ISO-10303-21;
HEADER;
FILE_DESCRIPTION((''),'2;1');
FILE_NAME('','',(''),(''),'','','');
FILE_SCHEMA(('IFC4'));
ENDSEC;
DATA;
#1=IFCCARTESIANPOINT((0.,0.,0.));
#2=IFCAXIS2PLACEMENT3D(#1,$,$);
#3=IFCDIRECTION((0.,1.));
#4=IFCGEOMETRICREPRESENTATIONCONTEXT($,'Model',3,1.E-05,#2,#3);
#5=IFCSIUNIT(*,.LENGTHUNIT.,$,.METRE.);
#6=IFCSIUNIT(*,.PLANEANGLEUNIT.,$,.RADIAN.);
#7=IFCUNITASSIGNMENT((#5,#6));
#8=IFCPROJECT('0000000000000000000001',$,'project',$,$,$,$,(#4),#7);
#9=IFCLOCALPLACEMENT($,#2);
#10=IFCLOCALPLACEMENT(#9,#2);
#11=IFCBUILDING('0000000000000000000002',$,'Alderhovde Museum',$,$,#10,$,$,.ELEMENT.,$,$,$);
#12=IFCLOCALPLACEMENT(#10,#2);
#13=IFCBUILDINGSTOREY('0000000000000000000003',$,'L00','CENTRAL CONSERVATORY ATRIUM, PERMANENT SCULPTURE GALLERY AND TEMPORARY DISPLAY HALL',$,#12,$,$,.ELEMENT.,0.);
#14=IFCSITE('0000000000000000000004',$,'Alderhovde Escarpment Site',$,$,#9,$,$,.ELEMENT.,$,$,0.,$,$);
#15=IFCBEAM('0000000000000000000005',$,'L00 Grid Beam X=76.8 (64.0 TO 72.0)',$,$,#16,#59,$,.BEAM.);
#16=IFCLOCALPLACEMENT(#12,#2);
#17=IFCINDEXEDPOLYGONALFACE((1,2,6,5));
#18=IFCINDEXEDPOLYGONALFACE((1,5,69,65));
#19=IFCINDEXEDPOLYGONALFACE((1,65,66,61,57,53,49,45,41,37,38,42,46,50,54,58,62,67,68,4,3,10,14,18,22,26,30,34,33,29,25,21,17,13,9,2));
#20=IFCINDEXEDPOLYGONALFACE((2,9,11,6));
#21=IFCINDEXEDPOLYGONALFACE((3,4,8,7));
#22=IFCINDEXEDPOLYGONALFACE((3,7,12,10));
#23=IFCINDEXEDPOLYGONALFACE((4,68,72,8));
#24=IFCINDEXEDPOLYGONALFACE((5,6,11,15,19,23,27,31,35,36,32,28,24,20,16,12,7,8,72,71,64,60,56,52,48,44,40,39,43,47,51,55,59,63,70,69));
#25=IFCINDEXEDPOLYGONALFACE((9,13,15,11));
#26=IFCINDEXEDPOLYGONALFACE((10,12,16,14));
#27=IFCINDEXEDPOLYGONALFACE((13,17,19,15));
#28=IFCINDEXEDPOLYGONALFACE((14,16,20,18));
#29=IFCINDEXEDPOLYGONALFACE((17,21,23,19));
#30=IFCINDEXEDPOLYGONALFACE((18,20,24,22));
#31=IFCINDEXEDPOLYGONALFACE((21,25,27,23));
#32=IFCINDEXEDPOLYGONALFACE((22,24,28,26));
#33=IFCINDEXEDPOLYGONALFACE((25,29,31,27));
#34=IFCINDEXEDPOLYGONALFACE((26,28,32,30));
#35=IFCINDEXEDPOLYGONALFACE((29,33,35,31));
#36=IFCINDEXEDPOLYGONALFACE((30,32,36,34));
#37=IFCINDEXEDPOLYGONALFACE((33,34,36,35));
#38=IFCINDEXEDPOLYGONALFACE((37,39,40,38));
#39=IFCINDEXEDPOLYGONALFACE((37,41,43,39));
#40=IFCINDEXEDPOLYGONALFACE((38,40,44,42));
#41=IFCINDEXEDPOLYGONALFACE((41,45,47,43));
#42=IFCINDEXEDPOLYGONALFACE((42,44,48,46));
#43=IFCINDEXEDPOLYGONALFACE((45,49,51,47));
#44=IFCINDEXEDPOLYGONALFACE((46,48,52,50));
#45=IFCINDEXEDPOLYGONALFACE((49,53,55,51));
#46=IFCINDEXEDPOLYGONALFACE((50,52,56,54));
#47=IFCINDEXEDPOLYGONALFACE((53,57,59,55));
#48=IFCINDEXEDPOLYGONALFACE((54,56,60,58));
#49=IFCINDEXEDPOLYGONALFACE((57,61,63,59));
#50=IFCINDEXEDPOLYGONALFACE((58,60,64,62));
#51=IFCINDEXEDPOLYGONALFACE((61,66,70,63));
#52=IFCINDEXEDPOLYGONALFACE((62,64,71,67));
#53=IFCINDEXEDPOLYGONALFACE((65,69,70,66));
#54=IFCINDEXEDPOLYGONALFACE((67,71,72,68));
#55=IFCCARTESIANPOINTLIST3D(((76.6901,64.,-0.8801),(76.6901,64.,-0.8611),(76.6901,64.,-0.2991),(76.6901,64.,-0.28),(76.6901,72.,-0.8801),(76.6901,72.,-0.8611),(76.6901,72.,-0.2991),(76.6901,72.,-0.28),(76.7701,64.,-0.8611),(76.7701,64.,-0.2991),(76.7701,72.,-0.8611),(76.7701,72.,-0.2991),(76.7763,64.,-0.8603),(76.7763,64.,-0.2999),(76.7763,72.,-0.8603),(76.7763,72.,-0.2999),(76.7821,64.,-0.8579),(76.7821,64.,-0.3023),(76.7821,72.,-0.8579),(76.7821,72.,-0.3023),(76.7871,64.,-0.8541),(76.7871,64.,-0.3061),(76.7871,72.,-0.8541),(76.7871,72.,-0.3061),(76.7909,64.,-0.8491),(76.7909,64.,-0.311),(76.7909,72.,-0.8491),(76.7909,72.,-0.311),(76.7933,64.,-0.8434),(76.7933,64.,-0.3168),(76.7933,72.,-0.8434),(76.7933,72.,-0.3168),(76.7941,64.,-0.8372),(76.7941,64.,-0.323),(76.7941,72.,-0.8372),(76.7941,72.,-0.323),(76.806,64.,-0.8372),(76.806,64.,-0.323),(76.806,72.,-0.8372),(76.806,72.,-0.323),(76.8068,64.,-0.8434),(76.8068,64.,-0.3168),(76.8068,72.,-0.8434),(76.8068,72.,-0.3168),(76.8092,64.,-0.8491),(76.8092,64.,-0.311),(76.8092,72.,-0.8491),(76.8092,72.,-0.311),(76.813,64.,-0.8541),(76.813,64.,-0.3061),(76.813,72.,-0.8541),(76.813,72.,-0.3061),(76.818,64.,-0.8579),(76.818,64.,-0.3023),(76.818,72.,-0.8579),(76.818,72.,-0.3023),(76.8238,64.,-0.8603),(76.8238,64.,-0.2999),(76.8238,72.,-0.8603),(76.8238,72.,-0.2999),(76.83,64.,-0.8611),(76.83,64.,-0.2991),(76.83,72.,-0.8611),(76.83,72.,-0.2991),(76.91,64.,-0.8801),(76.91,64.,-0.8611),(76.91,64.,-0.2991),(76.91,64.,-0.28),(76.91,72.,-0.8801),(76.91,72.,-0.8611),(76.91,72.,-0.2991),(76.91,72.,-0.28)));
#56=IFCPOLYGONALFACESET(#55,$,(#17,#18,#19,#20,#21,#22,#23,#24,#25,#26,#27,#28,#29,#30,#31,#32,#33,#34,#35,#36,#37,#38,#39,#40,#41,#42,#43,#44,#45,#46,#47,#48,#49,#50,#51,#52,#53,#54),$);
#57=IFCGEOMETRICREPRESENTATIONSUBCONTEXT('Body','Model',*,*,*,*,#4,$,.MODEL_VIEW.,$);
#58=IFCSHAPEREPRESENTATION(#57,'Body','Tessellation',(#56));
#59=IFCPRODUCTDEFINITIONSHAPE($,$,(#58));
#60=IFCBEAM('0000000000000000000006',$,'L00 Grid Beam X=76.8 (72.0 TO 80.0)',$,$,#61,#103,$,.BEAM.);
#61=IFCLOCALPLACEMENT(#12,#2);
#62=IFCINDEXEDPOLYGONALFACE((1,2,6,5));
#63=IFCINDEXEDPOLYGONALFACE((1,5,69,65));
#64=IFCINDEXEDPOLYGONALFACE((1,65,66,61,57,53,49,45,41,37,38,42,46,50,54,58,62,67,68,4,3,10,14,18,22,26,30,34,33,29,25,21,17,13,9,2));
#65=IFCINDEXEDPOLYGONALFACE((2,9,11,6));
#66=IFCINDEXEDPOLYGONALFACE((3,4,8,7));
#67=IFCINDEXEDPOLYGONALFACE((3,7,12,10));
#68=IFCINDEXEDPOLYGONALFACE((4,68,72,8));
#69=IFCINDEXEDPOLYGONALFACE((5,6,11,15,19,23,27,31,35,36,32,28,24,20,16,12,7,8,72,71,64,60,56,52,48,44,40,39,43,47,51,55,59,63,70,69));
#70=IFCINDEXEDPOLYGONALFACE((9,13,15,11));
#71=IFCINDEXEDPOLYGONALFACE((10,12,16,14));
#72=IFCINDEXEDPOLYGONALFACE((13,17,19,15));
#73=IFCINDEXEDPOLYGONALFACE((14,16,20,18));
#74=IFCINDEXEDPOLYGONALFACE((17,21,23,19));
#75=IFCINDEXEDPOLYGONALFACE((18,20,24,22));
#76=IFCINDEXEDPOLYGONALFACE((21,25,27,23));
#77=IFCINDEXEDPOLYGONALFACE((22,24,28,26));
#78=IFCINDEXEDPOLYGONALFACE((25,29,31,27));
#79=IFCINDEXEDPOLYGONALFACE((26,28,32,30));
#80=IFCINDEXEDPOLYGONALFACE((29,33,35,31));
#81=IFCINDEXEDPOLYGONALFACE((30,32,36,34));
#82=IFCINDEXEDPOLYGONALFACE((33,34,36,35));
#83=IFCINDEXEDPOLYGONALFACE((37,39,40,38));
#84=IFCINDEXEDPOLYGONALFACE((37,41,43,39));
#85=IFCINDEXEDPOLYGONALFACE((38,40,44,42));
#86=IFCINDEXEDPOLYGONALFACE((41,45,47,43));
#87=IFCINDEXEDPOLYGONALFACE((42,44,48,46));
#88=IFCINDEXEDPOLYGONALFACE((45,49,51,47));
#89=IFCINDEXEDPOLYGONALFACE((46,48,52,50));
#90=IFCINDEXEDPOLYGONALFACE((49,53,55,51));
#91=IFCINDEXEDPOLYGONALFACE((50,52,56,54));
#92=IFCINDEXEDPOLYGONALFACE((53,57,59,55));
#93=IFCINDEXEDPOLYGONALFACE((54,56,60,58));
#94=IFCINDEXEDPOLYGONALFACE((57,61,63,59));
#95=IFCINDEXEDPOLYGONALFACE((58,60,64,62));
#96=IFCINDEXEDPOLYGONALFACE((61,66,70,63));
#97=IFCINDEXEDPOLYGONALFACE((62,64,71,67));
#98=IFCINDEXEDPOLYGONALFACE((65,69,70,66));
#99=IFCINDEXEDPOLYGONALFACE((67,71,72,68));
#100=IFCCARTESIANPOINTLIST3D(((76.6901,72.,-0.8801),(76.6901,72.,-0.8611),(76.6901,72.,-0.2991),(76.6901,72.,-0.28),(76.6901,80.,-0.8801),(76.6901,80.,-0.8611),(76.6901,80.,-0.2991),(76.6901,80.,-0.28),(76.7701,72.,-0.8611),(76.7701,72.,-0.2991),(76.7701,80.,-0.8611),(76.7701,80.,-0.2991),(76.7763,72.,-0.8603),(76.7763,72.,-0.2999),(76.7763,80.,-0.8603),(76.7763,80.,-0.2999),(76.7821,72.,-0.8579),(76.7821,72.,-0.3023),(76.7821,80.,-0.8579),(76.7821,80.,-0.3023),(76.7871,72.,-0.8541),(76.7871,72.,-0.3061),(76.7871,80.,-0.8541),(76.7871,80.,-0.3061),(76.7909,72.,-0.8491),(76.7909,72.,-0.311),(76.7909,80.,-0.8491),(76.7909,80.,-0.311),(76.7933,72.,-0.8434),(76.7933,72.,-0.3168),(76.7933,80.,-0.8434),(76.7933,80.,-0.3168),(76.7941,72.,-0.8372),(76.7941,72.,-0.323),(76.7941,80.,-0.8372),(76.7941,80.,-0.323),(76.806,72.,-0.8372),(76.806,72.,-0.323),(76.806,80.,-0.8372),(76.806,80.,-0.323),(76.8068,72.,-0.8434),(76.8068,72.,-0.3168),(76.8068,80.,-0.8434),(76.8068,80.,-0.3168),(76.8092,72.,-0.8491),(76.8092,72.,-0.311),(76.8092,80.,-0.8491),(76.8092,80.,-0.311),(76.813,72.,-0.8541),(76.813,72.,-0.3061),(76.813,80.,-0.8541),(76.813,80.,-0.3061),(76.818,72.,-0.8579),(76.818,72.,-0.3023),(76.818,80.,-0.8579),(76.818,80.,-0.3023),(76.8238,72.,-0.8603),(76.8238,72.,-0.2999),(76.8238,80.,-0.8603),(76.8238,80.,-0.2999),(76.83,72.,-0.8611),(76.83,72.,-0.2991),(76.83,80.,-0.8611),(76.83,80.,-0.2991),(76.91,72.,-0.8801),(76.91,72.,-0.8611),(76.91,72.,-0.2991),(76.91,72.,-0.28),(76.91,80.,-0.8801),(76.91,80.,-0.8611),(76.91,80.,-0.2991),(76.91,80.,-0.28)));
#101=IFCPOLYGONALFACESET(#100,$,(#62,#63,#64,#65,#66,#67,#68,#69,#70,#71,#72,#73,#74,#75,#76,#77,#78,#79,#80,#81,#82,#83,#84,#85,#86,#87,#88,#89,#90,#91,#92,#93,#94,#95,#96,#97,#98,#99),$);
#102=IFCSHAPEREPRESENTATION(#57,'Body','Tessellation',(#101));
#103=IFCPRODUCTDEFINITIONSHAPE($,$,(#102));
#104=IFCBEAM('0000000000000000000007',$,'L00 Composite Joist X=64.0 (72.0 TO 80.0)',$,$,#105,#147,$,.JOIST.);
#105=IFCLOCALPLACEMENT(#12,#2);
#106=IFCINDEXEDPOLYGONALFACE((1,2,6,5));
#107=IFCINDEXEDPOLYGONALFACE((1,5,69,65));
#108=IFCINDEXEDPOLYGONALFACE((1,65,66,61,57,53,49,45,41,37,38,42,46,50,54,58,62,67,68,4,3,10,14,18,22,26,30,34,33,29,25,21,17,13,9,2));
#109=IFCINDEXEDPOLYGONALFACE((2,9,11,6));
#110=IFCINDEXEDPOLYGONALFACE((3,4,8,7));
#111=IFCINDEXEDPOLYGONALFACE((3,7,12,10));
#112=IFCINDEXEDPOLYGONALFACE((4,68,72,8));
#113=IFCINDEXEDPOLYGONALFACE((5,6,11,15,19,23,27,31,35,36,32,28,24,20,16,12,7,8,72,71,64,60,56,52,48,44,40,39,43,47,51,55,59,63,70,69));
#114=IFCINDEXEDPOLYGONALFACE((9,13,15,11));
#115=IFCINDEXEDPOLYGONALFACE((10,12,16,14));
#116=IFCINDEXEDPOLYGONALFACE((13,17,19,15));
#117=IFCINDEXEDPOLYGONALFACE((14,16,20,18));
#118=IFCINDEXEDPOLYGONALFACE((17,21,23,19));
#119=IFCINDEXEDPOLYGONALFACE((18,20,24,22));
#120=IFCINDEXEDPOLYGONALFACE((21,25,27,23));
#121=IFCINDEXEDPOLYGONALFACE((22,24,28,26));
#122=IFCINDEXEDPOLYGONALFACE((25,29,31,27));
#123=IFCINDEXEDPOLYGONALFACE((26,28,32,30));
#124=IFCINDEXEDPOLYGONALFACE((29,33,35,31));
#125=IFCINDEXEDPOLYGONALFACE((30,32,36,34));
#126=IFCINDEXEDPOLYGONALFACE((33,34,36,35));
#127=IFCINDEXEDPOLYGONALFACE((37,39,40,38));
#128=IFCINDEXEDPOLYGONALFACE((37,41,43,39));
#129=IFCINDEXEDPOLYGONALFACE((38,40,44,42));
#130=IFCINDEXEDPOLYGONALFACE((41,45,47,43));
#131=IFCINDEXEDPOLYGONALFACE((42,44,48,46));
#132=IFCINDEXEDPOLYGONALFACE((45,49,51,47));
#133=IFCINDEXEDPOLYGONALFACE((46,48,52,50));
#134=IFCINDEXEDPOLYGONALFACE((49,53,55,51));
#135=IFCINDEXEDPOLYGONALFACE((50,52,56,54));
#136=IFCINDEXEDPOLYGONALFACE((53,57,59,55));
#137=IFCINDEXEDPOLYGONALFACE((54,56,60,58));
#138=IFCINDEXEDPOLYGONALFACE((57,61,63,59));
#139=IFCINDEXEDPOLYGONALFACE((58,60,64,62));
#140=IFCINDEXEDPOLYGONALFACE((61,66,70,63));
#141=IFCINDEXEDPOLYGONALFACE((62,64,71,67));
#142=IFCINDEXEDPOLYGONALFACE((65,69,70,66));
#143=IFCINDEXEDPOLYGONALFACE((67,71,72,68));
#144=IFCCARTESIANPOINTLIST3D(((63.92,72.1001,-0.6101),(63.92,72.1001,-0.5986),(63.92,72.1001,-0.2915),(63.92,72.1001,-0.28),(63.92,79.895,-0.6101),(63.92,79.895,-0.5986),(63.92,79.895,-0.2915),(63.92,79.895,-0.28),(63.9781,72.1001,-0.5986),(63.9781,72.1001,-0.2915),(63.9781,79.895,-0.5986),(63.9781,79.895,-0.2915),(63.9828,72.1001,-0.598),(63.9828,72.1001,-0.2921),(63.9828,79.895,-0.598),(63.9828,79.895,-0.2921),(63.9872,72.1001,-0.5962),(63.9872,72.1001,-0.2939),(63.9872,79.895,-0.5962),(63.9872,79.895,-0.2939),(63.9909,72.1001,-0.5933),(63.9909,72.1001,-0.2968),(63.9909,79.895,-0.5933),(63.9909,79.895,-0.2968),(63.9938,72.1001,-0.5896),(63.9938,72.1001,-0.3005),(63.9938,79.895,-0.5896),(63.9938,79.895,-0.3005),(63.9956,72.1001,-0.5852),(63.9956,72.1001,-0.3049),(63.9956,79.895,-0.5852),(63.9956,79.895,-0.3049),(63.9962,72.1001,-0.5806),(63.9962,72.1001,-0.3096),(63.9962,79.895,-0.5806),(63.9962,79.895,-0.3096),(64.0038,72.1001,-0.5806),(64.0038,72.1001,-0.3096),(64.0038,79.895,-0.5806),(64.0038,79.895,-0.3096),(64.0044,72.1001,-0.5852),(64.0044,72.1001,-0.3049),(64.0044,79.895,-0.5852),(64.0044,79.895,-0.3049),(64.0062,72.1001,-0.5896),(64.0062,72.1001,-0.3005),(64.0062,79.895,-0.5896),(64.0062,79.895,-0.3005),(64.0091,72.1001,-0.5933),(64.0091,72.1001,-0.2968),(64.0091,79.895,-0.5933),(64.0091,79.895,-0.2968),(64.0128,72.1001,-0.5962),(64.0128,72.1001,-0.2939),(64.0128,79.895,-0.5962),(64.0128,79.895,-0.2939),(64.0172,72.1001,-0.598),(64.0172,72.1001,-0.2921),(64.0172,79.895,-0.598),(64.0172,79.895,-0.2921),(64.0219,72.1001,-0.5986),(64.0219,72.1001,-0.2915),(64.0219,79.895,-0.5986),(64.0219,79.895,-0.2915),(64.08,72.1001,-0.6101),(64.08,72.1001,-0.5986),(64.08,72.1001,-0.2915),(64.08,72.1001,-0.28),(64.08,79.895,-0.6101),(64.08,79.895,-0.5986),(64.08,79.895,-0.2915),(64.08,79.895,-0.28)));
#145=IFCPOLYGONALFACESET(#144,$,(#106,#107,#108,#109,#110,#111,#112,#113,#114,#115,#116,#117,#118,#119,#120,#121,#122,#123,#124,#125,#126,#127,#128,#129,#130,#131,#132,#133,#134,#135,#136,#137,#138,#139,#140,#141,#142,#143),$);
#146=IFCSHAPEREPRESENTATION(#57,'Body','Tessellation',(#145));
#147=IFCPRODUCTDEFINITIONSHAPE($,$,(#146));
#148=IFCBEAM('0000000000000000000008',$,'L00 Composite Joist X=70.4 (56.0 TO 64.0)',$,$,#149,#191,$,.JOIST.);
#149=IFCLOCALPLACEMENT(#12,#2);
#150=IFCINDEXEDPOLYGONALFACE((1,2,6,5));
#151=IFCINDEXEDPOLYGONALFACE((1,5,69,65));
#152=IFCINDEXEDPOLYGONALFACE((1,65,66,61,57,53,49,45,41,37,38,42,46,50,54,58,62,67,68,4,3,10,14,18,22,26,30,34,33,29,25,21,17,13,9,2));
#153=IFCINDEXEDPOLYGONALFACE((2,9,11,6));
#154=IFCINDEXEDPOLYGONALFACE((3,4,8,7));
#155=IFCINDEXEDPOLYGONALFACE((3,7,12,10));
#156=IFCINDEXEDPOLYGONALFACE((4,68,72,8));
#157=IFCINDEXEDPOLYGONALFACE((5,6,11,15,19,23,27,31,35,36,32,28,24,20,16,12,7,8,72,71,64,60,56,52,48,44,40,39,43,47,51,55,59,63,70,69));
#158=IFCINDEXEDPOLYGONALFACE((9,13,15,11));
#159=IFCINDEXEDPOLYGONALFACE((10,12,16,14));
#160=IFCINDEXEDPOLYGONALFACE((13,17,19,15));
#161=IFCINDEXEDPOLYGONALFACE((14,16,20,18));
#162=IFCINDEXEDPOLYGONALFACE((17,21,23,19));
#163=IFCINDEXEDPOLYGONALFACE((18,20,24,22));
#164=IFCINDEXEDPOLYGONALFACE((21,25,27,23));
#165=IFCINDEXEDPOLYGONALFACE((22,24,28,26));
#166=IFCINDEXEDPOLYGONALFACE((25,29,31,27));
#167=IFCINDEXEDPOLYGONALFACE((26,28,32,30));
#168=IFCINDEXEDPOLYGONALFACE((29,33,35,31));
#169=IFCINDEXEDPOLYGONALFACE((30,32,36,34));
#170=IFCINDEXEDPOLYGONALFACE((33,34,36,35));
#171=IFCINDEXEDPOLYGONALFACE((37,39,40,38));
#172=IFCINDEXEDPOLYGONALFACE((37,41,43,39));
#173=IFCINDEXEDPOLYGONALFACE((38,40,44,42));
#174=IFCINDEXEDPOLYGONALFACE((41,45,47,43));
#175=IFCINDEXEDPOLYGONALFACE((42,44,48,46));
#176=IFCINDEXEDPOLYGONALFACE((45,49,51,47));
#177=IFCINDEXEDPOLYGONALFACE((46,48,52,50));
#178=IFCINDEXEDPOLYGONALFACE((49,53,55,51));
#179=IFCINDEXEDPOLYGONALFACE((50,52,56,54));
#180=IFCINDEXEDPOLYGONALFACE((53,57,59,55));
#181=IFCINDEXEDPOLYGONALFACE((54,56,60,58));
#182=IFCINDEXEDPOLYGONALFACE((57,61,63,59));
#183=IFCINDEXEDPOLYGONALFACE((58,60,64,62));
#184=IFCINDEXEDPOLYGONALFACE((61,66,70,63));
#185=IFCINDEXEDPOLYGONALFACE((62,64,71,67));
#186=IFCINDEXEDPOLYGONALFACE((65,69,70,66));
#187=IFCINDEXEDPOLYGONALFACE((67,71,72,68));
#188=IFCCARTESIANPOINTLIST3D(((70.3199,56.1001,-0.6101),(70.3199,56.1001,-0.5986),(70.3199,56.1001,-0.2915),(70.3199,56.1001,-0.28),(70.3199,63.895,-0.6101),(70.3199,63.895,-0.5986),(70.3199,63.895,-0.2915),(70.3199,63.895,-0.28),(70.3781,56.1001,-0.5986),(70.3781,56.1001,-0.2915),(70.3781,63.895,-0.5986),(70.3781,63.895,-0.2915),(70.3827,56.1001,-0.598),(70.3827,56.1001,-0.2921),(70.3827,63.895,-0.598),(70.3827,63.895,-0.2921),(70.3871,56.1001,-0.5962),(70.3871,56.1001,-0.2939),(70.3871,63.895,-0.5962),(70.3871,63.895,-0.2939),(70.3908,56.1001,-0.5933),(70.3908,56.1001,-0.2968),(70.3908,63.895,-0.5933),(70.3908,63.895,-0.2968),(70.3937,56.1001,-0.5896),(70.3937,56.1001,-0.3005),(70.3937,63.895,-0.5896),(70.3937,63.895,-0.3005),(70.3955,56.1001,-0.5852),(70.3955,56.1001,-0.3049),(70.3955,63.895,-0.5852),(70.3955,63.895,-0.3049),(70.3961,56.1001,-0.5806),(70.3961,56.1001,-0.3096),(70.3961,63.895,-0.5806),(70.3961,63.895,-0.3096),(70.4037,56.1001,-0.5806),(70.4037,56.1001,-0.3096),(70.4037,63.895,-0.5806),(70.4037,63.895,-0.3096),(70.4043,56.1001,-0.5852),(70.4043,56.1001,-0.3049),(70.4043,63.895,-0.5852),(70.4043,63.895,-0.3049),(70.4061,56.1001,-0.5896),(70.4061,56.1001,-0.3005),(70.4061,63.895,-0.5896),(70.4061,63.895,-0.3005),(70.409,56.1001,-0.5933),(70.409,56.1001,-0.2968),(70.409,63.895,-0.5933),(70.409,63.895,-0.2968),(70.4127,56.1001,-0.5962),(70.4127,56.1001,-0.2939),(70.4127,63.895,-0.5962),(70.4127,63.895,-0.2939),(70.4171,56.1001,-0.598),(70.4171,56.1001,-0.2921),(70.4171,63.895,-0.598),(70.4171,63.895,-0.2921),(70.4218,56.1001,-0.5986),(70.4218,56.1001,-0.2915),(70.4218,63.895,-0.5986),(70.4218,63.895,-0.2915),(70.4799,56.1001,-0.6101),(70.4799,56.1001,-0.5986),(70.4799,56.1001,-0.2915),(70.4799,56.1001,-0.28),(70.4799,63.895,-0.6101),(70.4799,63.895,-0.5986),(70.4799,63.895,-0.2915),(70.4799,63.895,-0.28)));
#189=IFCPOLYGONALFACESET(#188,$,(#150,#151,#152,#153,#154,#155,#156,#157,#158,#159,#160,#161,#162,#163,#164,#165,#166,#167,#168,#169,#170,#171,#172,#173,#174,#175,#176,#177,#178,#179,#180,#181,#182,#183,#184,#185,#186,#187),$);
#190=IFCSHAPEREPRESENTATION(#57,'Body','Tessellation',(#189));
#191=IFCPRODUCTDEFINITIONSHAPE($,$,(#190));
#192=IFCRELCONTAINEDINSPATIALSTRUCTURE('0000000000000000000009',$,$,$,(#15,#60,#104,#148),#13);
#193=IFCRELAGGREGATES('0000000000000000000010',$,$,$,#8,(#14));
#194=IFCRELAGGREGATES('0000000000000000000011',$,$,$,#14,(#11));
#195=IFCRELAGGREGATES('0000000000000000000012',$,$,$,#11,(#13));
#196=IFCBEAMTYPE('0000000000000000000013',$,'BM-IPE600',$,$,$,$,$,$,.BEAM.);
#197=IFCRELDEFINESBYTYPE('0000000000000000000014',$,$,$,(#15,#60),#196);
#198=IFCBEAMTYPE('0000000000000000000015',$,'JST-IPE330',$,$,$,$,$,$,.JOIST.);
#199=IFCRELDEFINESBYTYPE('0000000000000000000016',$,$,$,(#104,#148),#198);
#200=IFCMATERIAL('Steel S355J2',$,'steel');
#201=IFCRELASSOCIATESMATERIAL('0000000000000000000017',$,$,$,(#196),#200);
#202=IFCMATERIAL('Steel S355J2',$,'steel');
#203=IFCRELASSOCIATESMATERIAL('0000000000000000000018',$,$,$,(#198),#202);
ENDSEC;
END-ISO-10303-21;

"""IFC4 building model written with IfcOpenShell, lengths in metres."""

from ifc_helpers import new_model, si_unit, direction, frame, origin, origin_2d, place, context, subcontext, project, spatial, i_section, extrude, material, material_profile, profile_set, type_object, element, save


model = new_model("IFC4")

# Units and contexts
model_context = context("Model", 3, precision=1e-05, world=origin(), true_north=direction((0.0, 1.0)))
body_context = subcontext(model_context, "Body", "Model", "MODEL_VIEW")
ifc_project = project(units=[si_unit("LENGTHUNIT", "METRE"), si_unit("PLANEANGLEUNIT", "RADIAN")], contexts=[model_context])

# Site, building, storey
site_placement = place(None, origin())
site = spatial("IfcSite", under=ifc_project, at=site_placement, Name="Alderhovde Escarpment Site", CompositionType="ELEMENT", RefElevation=0.0)
building_placement = place(site_placement, origin())
building = spatial("IfcBuilding", under=site, at=building_placement, Name="Alderhovde Museum", CompositionType="ELEMENT")
storey_placement = place(building_placement, origin())
storey = spatial("IfcBuildingStorey", under=building, at=storey_placement, Name="L00", Description="CENTRAL CONSERVATORY ATRIUM, PERMANENT SCULPTURE GALLERY AND TEMPORARY DISPLAY HALL", CompositionType="ELEMENT", Elevation=0.0)

# Beams
ifc_material_1 = material(Name="Steel S355J2", Category="steel")
ifc_material_profile_1 = material_profile(ifc_material_1, i_section(OverallWidth=0.22, OverallDepth=0.6001, WebThickness=0.012, FlangeThickness=0.019, FilletRadius=0.0239, at=origin_2d()), Name="IPE 600")
ifc_profile_set_1 = profile_set([ifc_material_profile_1], Name="Steel S355J2")
beam_type_1 = type_object("IfcBeamType", Name="BM-IPE600", PredefinedType="BEAM", material=ifc_profile_set_1)
for number, where, z_axis, x_axis, name in (
    (1, (76.8, 64.0, -0.5801), (0.0, 1.0, 0.0), (-1.0, 0.0, 0.0), "L00 Grid Beam X=76.8 (64.0 TO 72.0)"),
    (2, (76.8, 72.0, -0.5801), (0.0, 1.0, 0.0), (-1.0, 0.0, 0.0), "L00 Grid Beam X=76.8 (72.0 TO 80.0)"),
):
    element("IfcBeam", number, at=place(storey_placement, frame(where, z_axis=z_axis, x_axis=x_axis)), inside=storey, type_object=beam_type_1, Name=name, PredefinedType="BEAM", context=body_context, shape_type="SweptSolid", body=[
        extrude(i_section(OverallWidth=0.22, OverallDepth=0.6001, WebThickness=0.012, FlangeThickness=0.019, FilletRadius=0.0239, at=origin_2d()), origin(), (0.0, 0.0, 1.0), 8.0),
    ])
ifc_material_2 = material(Name="Steel S355J2", Category="steel")
ifc_material_profile_2 = material_profile(ifc_material_2, i_section(OverallWidth=0.1599, OverallDepth=0.3301, WebThickness=0.0076, FlangeThickness=0.0115, FilletRadius=0.0181, at=origin_2d()), Name="IPE 330")
ifc_profile_set_2 = profile_set([ifc_material_profile_2], Name="Steel S355J2")
beam_type_2 = type_object("IfcBeamType", Name="JST-IPE330", PredefinedType="JOIST", material=ifc_profile_set_2)
for number, where, z_axis, x_axis, name in (
    (3, (64.0, 72.1001, -0.4451), (0.0, 1.0, 0.0), (-1.0, 0.0, 0.0), "L00 Composite Joist X=64.0 (72.0 TO 80.0)"),
    (4, (70.3999, 56.1001, -0.4451), (0.0, 1.0, 0.0), (-1.0, 0.0, 0.0), "L00 Composite Joist X=70.4 (56.0 TO 64.0)"),
):
    element("IfcBeam", number, at=place(storey_placement, frame(where, z_axis=z_axis, x_axis=x_axis)), inside=storey, type_object=beam_type_2, Name=name, PredefinedType="JOIST", context=body_context, shape_type="SweptSolid", body=[
        extrude(i_section(OverallWidth=0.1599, OverallDepth=0.3301, WebThickness=0.0076, FlangeThickness=0.0115, FilletRadius=0.0181, at=origin_2d()), origin(), (0.0, 0.0, 1.0), 7.7949),
    ])

save(model, "model.ifc")
